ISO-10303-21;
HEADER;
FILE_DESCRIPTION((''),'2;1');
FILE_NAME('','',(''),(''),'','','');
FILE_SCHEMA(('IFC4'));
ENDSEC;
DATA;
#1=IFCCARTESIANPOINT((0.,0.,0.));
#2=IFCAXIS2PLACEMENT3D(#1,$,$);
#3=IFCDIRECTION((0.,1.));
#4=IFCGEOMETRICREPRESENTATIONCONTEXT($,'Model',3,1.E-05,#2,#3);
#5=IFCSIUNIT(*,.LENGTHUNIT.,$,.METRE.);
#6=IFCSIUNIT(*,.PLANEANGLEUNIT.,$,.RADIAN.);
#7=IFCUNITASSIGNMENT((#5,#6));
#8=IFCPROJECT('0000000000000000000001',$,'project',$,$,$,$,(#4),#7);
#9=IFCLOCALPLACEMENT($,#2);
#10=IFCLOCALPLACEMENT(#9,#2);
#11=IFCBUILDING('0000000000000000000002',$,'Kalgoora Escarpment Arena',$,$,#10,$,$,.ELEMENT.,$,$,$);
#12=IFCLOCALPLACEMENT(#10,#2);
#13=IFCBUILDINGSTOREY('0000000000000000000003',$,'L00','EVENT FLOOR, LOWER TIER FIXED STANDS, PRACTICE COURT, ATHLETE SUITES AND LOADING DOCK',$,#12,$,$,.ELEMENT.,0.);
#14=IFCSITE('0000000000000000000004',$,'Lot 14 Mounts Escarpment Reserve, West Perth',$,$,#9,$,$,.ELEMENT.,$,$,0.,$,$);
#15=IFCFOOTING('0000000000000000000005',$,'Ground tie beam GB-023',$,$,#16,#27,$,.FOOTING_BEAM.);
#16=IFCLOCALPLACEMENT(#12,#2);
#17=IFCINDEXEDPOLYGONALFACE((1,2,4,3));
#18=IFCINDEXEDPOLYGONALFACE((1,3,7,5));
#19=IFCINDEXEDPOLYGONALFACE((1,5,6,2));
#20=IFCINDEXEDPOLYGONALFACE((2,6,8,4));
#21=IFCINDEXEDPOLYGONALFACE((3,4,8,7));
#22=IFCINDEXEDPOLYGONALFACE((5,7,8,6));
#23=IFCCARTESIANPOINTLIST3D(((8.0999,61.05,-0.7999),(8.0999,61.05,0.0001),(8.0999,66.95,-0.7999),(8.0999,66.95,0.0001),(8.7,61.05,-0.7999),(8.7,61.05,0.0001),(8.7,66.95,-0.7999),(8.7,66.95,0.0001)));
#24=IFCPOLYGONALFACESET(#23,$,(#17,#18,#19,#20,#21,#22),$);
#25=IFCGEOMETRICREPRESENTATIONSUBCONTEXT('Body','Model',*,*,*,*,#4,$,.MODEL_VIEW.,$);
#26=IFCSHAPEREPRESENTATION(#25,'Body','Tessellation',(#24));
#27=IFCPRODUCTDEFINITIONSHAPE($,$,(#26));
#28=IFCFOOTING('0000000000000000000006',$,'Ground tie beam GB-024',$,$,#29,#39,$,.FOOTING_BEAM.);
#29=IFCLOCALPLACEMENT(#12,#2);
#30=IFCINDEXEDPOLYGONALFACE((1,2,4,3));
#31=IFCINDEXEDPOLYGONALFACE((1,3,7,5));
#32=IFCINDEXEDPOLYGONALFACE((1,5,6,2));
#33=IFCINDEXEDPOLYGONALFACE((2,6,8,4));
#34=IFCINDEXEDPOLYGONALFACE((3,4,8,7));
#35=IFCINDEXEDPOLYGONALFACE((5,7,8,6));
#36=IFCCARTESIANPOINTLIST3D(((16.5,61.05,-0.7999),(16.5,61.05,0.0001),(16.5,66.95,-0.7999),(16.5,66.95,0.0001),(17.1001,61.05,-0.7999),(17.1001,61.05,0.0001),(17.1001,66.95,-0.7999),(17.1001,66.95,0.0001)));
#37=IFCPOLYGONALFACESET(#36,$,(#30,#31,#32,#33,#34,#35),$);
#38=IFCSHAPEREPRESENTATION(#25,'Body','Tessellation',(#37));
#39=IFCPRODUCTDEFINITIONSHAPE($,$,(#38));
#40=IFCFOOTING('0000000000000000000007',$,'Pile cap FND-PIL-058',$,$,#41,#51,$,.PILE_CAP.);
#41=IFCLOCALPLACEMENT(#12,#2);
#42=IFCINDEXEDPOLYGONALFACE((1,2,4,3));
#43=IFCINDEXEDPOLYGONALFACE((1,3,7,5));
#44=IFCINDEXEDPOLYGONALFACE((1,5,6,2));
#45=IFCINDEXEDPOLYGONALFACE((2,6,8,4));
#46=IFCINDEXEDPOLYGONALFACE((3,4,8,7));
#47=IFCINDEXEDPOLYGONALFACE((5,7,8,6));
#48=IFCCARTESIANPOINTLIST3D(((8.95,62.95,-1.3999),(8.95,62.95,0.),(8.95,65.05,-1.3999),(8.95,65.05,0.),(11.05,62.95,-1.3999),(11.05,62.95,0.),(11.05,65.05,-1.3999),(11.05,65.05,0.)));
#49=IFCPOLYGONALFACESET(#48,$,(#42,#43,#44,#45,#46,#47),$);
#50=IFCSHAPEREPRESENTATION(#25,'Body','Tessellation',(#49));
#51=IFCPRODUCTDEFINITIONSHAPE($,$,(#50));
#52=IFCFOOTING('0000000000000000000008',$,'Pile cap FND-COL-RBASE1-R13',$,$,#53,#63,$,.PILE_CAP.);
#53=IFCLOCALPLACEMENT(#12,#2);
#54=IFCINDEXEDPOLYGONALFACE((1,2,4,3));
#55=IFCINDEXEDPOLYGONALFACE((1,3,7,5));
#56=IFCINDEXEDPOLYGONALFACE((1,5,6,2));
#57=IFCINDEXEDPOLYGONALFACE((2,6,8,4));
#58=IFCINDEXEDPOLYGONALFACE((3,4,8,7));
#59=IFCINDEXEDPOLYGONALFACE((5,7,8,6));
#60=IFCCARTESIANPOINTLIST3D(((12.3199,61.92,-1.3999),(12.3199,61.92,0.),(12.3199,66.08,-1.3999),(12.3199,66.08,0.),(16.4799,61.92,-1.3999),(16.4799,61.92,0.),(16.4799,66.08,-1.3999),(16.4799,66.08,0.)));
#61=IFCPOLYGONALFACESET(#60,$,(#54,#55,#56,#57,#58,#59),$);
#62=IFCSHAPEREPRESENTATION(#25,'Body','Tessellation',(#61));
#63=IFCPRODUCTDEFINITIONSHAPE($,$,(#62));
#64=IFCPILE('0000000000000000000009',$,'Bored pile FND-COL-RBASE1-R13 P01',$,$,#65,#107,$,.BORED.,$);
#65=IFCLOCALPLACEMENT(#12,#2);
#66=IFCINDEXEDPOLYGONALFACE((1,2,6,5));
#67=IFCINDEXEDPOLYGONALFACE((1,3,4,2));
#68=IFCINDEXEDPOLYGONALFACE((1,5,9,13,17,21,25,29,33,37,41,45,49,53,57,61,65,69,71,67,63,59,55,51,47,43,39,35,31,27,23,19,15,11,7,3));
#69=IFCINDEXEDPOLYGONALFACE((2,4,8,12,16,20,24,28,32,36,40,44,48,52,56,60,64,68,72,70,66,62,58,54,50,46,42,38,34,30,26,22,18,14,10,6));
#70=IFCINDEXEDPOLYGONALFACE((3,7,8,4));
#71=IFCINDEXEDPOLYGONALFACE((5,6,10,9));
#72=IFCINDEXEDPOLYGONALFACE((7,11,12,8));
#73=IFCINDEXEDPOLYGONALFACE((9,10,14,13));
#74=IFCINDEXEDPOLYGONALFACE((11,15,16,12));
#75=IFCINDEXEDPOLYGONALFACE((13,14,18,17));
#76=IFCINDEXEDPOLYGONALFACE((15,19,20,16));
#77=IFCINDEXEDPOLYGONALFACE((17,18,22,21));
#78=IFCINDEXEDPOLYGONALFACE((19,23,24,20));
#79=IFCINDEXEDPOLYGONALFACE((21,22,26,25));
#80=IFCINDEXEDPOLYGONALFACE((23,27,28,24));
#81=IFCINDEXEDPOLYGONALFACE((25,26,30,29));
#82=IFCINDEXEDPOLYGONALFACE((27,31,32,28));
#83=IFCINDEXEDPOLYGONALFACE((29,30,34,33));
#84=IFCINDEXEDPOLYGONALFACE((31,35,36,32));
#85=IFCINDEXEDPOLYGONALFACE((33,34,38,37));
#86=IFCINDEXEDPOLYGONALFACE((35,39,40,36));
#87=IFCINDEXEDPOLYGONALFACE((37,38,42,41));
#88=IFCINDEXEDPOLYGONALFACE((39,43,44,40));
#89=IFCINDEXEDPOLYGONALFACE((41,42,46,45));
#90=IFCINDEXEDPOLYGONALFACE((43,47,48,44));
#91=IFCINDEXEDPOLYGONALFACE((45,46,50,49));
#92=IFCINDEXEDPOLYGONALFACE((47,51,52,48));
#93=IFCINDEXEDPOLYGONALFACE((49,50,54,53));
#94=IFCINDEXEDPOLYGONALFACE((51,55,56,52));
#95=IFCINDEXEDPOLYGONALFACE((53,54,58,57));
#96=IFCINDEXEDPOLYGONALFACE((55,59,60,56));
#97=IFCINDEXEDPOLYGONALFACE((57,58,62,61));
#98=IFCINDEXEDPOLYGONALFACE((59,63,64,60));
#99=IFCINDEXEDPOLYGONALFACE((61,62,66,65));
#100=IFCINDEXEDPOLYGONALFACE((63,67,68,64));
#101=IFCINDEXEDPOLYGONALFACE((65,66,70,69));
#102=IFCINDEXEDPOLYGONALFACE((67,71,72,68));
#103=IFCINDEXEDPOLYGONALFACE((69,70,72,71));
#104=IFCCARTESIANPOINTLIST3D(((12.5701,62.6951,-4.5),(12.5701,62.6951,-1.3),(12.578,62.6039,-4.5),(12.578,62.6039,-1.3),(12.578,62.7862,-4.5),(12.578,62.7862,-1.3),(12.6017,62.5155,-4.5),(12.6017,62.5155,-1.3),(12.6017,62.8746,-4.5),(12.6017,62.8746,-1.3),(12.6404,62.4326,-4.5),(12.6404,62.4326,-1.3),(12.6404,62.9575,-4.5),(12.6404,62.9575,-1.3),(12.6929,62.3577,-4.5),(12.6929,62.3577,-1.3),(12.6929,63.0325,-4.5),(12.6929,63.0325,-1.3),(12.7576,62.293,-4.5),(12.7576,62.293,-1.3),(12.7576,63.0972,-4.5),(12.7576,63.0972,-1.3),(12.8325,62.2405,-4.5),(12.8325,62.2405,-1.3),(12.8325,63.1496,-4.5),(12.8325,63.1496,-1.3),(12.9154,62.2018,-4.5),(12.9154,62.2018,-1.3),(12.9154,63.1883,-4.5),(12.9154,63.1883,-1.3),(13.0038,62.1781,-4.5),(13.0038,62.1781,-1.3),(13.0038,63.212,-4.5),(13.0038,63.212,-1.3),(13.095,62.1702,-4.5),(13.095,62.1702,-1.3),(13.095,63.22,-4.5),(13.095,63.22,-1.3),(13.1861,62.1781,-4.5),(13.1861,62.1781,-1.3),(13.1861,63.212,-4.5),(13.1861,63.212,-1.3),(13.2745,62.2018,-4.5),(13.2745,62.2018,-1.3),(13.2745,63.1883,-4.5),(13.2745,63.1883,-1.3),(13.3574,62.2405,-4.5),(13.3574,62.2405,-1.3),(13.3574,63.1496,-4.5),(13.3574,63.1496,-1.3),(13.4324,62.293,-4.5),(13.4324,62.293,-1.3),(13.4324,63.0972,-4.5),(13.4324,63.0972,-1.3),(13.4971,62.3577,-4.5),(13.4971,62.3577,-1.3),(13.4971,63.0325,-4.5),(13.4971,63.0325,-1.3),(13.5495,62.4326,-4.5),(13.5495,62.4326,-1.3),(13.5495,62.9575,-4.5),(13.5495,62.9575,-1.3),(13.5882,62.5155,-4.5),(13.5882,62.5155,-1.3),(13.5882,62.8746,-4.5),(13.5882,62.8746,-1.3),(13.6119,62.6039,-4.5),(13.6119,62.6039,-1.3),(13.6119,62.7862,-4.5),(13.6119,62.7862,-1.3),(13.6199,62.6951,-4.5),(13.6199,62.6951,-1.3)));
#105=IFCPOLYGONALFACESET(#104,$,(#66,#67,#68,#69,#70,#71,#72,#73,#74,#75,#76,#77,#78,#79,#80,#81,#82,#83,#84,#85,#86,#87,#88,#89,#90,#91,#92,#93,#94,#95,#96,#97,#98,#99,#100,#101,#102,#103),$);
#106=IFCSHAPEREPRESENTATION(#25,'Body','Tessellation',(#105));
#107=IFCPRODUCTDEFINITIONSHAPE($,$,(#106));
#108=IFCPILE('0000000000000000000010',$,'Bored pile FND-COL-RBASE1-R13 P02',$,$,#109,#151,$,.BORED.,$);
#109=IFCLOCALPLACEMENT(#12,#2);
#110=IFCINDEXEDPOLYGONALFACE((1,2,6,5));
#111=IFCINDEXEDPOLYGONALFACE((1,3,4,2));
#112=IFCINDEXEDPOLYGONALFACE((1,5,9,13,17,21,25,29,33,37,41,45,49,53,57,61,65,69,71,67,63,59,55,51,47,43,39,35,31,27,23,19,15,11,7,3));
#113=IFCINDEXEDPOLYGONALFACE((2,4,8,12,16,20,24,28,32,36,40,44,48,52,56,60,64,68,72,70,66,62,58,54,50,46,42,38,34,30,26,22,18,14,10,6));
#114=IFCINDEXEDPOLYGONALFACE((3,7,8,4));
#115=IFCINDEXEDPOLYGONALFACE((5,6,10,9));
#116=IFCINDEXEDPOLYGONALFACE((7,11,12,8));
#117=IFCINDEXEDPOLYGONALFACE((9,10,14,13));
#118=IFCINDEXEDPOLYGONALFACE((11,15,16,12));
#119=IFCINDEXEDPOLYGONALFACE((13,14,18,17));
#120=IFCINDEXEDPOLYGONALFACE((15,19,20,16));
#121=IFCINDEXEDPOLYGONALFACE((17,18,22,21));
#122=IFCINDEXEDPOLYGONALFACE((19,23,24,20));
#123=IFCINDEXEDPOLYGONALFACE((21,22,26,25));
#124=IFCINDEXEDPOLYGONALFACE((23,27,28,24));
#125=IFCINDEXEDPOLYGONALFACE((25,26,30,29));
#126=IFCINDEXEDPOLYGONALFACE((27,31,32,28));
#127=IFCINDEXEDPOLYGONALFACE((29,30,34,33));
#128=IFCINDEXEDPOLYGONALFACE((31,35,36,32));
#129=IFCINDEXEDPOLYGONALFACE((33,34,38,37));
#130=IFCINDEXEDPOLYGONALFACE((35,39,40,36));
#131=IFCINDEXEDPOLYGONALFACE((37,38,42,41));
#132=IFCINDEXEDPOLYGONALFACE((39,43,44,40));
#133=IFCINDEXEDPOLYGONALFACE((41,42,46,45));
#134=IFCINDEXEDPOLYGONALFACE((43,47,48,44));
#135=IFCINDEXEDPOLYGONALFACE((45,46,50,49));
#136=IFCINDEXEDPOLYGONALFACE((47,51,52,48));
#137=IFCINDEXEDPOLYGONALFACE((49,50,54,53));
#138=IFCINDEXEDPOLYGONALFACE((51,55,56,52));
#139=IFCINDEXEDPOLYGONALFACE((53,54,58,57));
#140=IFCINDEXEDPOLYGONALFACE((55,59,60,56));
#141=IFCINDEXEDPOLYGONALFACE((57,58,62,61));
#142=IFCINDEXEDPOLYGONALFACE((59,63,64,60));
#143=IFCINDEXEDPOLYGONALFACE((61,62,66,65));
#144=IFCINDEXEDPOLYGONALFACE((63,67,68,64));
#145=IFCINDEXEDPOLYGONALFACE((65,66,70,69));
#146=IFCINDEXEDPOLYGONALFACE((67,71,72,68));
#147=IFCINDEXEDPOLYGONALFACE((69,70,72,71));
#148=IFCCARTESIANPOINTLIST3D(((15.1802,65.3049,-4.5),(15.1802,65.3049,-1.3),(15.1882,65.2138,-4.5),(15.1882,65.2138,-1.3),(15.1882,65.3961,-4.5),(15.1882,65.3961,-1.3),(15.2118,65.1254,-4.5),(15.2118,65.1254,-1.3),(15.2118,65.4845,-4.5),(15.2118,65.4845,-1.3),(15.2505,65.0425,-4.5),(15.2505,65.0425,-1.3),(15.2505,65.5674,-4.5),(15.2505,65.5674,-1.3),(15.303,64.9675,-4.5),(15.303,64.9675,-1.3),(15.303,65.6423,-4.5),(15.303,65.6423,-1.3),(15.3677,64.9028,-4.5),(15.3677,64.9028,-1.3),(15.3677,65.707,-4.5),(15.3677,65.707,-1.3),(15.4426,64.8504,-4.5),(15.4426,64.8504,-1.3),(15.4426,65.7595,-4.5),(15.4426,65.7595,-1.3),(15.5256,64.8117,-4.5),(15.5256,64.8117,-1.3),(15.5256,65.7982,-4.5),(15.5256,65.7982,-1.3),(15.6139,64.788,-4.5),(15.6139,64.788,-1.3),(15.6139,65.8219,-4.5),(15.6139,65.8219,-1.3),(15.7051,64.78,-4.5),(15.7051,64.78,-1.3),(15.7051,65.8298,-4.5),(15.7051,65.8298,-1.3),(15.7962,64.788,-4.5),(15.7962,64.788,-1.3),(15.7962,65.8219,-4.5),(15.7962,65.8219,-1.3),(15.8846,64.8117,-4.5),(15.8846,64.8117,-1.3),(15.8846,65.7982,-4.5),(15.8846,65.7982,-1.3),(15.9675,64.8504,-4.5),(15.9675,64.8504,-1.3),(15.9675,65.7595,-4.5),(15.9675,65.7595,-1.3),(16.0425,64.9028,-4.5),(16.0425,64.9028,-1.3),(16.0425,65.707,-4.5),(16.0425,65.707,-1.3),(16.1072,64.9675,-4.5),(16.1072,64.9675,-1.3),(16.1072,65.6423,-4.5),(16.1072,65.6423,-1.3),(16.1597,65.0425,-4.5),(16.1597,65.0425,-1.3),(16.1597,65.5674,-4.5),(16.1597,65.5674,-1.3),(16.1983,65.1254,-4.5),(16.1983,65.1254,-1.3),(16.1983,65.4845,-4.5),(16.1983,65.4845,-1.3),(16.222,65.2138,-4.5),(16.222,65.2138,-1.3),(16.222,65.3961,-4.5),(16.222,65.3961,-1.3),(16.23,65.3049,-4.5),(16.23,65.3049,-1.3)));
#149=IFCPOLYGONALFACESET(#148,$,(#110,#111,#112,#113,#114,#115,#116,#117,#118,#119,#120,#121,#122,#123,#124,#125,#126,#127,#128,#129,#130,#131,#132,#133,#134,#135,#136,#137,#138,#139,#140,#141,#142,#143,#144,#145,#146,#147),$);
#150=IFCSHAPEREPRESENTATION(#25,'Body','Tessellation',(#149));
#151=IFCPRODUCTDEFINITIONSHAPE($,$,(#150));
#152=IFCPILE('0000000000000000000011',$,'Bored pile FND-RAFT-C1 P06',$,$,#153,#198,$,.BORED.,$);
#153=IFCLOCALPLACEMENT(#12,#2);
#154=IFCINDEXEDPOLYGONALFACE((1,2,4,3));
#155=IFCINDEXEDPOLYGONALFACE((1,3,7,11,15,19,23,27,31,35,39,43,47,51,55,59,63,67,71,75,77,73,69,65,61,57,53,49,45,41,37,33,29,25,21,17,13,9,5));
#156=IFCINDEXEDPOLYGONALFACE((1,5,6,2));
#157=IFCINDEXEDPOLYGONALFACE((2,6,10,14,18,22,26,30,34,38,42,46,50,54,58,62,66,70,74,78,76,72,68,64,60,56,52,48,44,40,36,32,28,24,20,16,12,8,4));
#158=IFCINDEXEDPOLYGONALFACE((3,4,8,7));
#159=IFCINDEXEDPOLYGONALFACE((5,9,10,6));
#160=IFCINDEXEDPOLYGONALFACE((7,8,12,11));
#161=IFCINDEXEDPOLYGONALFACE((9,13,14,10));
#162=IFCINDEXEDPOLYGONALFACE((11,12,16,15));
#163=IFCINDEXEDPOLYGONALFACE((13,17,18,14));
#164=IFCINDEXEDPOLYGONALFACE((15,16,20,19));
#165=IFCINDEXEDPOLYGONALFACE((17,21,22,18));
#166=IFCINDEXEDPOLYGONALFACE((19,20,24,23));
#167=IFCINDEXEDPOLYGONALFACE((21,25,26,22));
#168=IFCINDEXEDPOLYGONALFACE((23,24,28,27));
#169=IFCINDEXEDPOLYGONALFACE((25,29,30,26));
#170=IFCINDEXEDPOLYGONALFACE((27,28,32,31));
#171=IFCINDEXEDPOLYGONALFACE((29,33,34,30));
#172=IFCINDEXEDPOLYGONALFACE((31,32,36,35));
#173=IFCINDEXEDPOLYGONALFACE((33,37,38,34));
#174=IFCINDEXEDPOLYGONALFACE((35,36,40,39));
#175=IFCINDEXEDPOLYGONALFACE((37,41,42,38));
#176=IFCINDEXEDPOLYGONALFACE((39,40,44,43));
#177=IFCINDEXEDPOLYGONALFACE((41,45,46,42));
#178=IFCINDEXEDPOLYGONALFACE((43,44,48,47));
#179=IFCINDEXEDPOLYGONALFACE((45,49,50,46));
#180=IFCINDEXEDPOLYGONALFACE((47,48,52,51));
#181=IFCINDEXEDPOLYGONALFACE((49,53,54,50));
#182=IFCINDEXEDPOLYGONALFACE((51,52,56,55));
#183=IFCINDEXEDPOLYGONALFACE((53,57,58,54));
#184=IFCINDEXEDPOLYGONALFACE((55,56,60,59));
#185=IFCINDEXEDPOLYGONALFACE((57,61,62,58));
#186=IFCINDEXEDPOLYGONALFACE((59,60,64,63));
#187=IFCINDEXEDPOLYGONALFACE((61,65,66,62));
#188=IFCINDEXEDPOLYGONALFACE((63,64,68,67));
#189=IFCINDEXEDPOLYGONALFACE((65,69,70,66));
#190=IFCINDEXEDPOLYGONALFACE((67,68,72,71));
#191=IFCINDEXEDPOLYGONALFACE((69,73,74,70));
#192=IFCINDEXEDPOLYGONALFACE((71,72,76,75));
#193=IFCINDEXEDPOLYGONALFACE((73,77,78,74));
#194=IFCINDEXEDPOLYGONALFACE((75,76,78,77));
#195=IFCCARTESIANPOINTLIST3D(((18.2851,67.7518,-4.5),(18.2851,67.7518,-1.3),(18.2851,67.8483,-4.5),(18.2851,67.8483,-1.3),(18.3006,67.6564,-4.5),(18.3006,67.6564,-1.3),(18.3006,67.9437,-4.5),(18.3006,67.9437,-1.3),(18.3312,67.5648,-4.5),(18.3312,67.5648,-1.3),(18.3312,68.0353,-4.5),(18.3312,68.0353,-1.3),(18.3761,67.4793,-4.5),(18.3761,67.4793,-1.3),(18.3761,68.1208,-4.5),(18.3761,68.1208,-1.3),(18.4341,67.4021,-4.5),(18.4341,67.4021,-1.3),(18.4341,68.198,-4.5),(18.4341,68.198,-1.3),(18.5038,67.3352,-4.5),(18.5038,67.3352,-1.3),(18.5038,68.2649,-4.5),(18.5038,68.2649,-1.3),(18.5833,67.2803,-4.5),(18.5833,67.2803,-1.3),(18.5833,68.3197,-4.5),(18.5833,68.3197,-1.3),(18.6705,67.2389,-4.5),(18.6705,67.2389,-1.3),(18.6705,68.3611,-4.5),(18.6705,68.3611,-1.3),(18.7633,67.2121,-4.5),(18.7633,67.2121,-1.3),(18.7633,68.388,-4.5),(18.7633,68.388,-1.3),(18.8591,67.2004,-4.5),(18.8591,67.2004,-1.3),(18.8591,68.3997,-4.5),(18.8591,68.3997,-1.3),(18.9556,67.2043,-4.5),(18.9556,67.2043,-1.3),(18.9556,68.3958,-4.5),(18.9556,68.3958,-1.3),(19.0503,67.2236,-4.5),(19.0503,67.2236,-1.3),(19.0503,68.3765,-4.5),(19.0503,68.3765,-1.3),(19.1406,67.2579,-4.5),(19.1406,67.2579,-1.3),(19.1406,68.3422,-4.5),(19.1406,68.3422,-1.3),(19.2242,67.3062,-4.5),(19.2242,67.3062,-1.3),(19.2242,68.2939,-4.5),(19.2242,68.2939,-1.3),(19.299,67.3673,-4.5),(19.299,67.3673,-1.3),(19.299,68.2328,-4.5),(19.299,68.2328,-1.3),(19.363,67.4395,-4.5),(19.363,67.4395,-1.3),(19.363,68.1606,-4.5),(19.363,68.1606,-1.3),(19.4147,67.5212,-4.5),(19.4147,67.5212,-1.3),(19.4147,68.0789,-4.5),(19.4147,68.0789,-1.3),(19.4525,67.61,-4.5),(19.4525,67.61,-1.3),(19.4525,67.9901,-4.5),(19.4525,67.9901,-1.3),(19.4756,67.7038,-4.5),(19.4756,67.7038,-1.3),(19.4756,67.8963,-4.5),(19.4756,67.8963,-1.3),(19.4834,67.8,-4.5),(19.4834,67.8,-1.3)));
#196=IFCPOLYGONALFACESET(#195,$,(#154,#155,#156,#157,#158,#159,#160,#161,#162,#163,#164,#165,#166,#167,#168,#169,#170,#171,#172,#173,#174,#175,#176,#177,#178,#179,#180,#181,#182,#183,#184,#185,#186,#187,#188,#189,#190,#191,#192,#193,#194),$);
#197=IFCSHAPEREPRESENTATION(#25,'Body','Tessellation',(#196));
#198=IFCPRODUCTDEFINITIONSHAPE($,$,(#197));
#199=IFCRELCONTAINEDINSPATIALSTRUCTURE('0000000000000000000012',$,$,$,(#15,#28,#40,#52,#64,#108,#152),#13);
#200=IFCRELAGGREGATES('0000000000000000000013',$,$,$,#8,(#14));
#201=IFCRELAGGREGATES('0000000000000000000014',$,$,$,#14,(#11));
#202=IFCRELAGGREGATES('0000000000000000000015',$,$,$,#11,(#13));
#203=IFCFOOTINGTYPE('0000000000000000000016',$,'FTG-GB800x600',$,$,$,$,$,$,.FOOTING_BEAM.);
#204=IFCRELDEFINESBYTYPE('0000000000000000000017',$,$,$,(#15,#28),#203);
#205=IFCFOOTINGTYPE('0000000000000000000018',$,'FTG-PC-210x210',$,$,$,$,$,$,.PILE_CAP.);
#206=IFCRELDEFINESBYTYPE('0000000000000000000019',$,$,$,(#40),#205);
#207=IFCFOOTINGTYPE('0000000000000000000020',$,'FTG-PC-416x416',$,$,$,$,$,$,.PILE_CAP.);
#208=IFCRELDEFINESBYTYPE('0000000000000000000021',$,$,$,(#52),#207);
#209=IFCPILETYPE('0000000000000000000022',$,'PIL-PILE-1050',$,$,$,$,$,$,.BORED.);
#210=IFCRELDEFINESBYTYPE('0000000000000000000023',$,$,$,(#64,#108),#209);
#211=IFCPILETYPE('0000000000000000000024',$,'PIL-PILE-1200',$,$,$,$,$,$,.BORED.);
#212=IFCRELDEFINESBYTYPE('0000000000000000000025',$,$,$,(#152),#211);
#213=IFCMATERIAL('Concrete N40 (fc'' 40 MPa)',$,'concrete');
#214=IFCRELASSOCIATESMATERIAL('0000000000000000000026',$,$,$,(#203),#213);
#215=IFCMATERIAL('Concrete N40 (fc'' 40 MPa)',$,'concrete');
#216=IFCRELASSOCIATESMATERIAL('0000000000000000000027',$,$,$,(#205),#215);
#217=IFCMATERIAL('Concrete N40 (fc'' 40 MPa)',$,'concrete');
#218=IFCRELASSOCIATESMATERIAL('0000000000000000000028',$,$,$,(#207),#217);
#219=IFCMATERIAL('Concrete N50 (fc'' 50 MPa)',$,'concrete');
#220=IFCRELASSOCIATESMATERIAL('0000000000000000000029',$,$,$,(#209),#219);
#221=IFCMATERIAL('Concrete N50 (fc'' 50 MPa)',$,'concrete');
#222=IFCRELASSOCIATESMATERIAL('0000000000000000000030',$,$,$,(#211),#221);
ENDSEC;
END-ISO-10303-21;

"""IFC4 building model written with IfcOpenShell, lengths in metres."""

from ifc_helpers import new_model, si_unit, direction, frame, origin, origin_2d, place, context, subcontext, project, spatial, rectangle, circle, extrude, material, material_profile, profile_set, type_object, element, save


model = new_model("IFC4")

# Units and contexts
model_context = context("Model", 3, precision=1e-05, world=origin(), true_north=direction((0.0, 1.0)))
body_context = subcontext(model_context, "Body", "Model", "MODEL_VIEW")
ifc_project = project(units=[si_unit("LENGTHUNIT", "METRE"), si_unit("PLANEANGLEUNIT", "RADIAN")], contexts=[model_context])

# Site, building, storey
site_placement = place(None, origin())
site = spatial("IfcSite", under=ifc_project, at=site_placement, Name="Lot 14 Mounts Escarpment Reserve, West Perth", CompositionType="ELEMENT", RefElevation=0.0)
building_placement = place(site_placement, origin())
building = spatial("IfcBuilding", under=site, at=building_placement, Name="Kalgoora Escarpment Arena", CompositionType="ELEMENT")
storey_placement = place(building_placement, origin())
storey = spatial("IfcBuildingStorey", under=building, at=storey_placement, Name="L00", Description="EVENT FLOOR, LOWER TIER FIXED STANDS, PRACTICE COURT, ATHLETE SUITES AND LOADING DOCK", CompositionType="ELEMENT", Elevation=0.0)

# Footings
ifc_material_1 = material(Name="Concrete N40 (fc' 40 MPa)", Category="concrete")
ifc_material_profile_1 = material_profile(ifc_material_1, rectangle(XDim=0.6001, YDim=0.8, at=origin_2d()))
ifc_profile_set_1 = profile_set([ifc_material_profile_1], Name="Concrete N40 (fc' 40 MPa)")
footing_type_1 = type_object("IfcFootingType", Name="FTG-GB800x600", PredefinedType="FOOTING_BEAM", material=ifc_profile_set_1)
for number, where, z_axis, x_axis, name in (
    (1, (8.3999, 61.05, -0.3999), (0.0, 1.0, 0.0), (-1.0, 0.0, 0.0), "Ground tie beam GB-023"),
    (2, (16.8, 61.05, -0.3999), (0.0, 1.0, 0.0), (-1.0, 0.0, 0.0), "Ground tie beam GB-024"),
):
    element("IfcFooting", number, at=place(storey_placement, frame(where, z_axis=z_axis, x_axis=x_axis)), inside=storey, type_object=footing_type_1, Name=name, PredefinedType="FOOTING_BEAM", context=body_context, shape_type="SweptSolid", body=[
        extrude(rectangle(XDim=0.6001, YDim=0.8, at=origin_2d()), origin(), (0.0, 0.0, 1.0), 5.8999),
    ])
ifc_material_2 = material(Name="Concrete N40 (fc' 40 MPa)", Category="concrete")
footing_type_2 = type_object("IfcFootingType", Name="FTG-PC-210x210", PredefinedType="PILE_CAP", material=ifc_material_2)
footing_1_placement = place(storey_placement, frame((10.0, 64.0, -1.3999), z_axis=(0.0, 0.0, 1.0), x_axis=(1.0, 0.0, 0.0)))
element("IfcFooting", 3, at=footing_1_placement, inside=storey, type_object=footing_type_2, Name="Pile cap FND-PIL-058", PredefinedType="PILE_CAP", context=body_context, shape_type="SweptSolid", body=[
    extrude(rectangle(XDim=2.1001, YDim=2.1001, at=origin_2d()), origin(), (0.0, 0.0, 1.0), 1.3999),
])
ifc_material_3 = material(Name="Concrete N40 (fc' 40 MPa)", Category="concrete")
footing_type_3 = type_object("IfcFootingType", Name="FTG-PC-416x416", PredefinedType="PILE_CAP", material=ifc_material_3)
footing_2_placement = place(storey_placement, frame((14.3999, 64.0, -1.3999), z_axis=(0.0, 0.0, 1.0), x_axis=(1.0, 0.0, 0.0)))
element("IfcFooting", 4, at=footing_2_placement, inside=storey, type_object=footing_type_3, Name="Pile cap FND-COL-RBASE1-R13", PredefinedType="PILE_CAP", context=body_context, shape_type="SweptSolid", body=[
    extrude(rectangle(XDim=4.1599, YDim=4.1599, at=origin_2d()), origin(), (0.0, 0.0, 1.0), 1.3999),
])

# Piles
ifc_material_4 = material(Name="Concrete N50 (fc' 50 MPa)", Category="concrete")
ifc_material_profile_2 = material_profile(ifc_material_4, circle(Radius=0.5249, at=origin_2d()))
ifc_profile_set_2 = profile_set([ifc_material_profile_2], Name="Concrete N50 (fc' 50 MPa)")
pile_type_1 = type_object("IfcPileType", Name="PIL-PILE-1050", PredefinedType="BORED", material=ifc_profile_set_2)
for number, where, z_axis, x_axis, name in (
    (5, (13.095, 62.6951, -1.3), (0.0, 0.0, -1.0), (1.0, 0.0, 0.0), "Bored pile FND-COL-RBASE1-R13 P01"),
    (6, (15.7051, 65.3049, -1.3), (0.0, 0.0, -1.0), (1.0, 0.0, 0.0), "Bored pile FND-COL-RBASE1-R13 P02"),
):
    element("IfcPile", number, at=place(storey_placement, frame(where, z_axis=z_axis, x_axis=x_axis)), inside=storey, type_object=pile_type_1, Name=name, PredefinedType="BORED", context=body_context, shape_type="SweptSolid", body=[
        extrude(circle(Radius=0.5249, at=origin_2d()), origin(), (0.0, 0.0, 1.0), 3.2),
    ])
ifc_material_5 = material(Name="Concrete N50 (fc' 50 MPa)", Category="concrete")
ifc_material_profile_3 = material_profile(ifc_material_5, circle(Radius=0.6001, at=origin_2d()))
ifc_profile_set_3 = profile_set([ifc_material_profile_3], Name="Concrete N50 (fc' 50 MPa)")
pile_type_2 = type_object("IfcPileType", Name="PIL-PILE-1200", PredefinedType="BORED", material=ifc_profile_set_3)
for number, where, z_axis, x_axis, name in (
    (7, (18.8833, 67.8, -1.3), (0.0, 0.0, -1.0), (1.0, 0.0, 0.0), "Bored pile FND-RAFT-C1 P06"),
):
    element("IfcPile", number, at=place(storey_placement, frame(where, z_axis=z_axis, x_axis=x_axis)), inside=storey, type_object=pile_type_2, Name=name, PredefinedType="BORED", context=body_context, shape_type="SweptSolid", body=[
        extrude(circle(Radius=0.6001, at=origin_2d()), origin(), (0.0, 0.0, 1.0), 3.2),
    ])

save(model, "model.ifc")
